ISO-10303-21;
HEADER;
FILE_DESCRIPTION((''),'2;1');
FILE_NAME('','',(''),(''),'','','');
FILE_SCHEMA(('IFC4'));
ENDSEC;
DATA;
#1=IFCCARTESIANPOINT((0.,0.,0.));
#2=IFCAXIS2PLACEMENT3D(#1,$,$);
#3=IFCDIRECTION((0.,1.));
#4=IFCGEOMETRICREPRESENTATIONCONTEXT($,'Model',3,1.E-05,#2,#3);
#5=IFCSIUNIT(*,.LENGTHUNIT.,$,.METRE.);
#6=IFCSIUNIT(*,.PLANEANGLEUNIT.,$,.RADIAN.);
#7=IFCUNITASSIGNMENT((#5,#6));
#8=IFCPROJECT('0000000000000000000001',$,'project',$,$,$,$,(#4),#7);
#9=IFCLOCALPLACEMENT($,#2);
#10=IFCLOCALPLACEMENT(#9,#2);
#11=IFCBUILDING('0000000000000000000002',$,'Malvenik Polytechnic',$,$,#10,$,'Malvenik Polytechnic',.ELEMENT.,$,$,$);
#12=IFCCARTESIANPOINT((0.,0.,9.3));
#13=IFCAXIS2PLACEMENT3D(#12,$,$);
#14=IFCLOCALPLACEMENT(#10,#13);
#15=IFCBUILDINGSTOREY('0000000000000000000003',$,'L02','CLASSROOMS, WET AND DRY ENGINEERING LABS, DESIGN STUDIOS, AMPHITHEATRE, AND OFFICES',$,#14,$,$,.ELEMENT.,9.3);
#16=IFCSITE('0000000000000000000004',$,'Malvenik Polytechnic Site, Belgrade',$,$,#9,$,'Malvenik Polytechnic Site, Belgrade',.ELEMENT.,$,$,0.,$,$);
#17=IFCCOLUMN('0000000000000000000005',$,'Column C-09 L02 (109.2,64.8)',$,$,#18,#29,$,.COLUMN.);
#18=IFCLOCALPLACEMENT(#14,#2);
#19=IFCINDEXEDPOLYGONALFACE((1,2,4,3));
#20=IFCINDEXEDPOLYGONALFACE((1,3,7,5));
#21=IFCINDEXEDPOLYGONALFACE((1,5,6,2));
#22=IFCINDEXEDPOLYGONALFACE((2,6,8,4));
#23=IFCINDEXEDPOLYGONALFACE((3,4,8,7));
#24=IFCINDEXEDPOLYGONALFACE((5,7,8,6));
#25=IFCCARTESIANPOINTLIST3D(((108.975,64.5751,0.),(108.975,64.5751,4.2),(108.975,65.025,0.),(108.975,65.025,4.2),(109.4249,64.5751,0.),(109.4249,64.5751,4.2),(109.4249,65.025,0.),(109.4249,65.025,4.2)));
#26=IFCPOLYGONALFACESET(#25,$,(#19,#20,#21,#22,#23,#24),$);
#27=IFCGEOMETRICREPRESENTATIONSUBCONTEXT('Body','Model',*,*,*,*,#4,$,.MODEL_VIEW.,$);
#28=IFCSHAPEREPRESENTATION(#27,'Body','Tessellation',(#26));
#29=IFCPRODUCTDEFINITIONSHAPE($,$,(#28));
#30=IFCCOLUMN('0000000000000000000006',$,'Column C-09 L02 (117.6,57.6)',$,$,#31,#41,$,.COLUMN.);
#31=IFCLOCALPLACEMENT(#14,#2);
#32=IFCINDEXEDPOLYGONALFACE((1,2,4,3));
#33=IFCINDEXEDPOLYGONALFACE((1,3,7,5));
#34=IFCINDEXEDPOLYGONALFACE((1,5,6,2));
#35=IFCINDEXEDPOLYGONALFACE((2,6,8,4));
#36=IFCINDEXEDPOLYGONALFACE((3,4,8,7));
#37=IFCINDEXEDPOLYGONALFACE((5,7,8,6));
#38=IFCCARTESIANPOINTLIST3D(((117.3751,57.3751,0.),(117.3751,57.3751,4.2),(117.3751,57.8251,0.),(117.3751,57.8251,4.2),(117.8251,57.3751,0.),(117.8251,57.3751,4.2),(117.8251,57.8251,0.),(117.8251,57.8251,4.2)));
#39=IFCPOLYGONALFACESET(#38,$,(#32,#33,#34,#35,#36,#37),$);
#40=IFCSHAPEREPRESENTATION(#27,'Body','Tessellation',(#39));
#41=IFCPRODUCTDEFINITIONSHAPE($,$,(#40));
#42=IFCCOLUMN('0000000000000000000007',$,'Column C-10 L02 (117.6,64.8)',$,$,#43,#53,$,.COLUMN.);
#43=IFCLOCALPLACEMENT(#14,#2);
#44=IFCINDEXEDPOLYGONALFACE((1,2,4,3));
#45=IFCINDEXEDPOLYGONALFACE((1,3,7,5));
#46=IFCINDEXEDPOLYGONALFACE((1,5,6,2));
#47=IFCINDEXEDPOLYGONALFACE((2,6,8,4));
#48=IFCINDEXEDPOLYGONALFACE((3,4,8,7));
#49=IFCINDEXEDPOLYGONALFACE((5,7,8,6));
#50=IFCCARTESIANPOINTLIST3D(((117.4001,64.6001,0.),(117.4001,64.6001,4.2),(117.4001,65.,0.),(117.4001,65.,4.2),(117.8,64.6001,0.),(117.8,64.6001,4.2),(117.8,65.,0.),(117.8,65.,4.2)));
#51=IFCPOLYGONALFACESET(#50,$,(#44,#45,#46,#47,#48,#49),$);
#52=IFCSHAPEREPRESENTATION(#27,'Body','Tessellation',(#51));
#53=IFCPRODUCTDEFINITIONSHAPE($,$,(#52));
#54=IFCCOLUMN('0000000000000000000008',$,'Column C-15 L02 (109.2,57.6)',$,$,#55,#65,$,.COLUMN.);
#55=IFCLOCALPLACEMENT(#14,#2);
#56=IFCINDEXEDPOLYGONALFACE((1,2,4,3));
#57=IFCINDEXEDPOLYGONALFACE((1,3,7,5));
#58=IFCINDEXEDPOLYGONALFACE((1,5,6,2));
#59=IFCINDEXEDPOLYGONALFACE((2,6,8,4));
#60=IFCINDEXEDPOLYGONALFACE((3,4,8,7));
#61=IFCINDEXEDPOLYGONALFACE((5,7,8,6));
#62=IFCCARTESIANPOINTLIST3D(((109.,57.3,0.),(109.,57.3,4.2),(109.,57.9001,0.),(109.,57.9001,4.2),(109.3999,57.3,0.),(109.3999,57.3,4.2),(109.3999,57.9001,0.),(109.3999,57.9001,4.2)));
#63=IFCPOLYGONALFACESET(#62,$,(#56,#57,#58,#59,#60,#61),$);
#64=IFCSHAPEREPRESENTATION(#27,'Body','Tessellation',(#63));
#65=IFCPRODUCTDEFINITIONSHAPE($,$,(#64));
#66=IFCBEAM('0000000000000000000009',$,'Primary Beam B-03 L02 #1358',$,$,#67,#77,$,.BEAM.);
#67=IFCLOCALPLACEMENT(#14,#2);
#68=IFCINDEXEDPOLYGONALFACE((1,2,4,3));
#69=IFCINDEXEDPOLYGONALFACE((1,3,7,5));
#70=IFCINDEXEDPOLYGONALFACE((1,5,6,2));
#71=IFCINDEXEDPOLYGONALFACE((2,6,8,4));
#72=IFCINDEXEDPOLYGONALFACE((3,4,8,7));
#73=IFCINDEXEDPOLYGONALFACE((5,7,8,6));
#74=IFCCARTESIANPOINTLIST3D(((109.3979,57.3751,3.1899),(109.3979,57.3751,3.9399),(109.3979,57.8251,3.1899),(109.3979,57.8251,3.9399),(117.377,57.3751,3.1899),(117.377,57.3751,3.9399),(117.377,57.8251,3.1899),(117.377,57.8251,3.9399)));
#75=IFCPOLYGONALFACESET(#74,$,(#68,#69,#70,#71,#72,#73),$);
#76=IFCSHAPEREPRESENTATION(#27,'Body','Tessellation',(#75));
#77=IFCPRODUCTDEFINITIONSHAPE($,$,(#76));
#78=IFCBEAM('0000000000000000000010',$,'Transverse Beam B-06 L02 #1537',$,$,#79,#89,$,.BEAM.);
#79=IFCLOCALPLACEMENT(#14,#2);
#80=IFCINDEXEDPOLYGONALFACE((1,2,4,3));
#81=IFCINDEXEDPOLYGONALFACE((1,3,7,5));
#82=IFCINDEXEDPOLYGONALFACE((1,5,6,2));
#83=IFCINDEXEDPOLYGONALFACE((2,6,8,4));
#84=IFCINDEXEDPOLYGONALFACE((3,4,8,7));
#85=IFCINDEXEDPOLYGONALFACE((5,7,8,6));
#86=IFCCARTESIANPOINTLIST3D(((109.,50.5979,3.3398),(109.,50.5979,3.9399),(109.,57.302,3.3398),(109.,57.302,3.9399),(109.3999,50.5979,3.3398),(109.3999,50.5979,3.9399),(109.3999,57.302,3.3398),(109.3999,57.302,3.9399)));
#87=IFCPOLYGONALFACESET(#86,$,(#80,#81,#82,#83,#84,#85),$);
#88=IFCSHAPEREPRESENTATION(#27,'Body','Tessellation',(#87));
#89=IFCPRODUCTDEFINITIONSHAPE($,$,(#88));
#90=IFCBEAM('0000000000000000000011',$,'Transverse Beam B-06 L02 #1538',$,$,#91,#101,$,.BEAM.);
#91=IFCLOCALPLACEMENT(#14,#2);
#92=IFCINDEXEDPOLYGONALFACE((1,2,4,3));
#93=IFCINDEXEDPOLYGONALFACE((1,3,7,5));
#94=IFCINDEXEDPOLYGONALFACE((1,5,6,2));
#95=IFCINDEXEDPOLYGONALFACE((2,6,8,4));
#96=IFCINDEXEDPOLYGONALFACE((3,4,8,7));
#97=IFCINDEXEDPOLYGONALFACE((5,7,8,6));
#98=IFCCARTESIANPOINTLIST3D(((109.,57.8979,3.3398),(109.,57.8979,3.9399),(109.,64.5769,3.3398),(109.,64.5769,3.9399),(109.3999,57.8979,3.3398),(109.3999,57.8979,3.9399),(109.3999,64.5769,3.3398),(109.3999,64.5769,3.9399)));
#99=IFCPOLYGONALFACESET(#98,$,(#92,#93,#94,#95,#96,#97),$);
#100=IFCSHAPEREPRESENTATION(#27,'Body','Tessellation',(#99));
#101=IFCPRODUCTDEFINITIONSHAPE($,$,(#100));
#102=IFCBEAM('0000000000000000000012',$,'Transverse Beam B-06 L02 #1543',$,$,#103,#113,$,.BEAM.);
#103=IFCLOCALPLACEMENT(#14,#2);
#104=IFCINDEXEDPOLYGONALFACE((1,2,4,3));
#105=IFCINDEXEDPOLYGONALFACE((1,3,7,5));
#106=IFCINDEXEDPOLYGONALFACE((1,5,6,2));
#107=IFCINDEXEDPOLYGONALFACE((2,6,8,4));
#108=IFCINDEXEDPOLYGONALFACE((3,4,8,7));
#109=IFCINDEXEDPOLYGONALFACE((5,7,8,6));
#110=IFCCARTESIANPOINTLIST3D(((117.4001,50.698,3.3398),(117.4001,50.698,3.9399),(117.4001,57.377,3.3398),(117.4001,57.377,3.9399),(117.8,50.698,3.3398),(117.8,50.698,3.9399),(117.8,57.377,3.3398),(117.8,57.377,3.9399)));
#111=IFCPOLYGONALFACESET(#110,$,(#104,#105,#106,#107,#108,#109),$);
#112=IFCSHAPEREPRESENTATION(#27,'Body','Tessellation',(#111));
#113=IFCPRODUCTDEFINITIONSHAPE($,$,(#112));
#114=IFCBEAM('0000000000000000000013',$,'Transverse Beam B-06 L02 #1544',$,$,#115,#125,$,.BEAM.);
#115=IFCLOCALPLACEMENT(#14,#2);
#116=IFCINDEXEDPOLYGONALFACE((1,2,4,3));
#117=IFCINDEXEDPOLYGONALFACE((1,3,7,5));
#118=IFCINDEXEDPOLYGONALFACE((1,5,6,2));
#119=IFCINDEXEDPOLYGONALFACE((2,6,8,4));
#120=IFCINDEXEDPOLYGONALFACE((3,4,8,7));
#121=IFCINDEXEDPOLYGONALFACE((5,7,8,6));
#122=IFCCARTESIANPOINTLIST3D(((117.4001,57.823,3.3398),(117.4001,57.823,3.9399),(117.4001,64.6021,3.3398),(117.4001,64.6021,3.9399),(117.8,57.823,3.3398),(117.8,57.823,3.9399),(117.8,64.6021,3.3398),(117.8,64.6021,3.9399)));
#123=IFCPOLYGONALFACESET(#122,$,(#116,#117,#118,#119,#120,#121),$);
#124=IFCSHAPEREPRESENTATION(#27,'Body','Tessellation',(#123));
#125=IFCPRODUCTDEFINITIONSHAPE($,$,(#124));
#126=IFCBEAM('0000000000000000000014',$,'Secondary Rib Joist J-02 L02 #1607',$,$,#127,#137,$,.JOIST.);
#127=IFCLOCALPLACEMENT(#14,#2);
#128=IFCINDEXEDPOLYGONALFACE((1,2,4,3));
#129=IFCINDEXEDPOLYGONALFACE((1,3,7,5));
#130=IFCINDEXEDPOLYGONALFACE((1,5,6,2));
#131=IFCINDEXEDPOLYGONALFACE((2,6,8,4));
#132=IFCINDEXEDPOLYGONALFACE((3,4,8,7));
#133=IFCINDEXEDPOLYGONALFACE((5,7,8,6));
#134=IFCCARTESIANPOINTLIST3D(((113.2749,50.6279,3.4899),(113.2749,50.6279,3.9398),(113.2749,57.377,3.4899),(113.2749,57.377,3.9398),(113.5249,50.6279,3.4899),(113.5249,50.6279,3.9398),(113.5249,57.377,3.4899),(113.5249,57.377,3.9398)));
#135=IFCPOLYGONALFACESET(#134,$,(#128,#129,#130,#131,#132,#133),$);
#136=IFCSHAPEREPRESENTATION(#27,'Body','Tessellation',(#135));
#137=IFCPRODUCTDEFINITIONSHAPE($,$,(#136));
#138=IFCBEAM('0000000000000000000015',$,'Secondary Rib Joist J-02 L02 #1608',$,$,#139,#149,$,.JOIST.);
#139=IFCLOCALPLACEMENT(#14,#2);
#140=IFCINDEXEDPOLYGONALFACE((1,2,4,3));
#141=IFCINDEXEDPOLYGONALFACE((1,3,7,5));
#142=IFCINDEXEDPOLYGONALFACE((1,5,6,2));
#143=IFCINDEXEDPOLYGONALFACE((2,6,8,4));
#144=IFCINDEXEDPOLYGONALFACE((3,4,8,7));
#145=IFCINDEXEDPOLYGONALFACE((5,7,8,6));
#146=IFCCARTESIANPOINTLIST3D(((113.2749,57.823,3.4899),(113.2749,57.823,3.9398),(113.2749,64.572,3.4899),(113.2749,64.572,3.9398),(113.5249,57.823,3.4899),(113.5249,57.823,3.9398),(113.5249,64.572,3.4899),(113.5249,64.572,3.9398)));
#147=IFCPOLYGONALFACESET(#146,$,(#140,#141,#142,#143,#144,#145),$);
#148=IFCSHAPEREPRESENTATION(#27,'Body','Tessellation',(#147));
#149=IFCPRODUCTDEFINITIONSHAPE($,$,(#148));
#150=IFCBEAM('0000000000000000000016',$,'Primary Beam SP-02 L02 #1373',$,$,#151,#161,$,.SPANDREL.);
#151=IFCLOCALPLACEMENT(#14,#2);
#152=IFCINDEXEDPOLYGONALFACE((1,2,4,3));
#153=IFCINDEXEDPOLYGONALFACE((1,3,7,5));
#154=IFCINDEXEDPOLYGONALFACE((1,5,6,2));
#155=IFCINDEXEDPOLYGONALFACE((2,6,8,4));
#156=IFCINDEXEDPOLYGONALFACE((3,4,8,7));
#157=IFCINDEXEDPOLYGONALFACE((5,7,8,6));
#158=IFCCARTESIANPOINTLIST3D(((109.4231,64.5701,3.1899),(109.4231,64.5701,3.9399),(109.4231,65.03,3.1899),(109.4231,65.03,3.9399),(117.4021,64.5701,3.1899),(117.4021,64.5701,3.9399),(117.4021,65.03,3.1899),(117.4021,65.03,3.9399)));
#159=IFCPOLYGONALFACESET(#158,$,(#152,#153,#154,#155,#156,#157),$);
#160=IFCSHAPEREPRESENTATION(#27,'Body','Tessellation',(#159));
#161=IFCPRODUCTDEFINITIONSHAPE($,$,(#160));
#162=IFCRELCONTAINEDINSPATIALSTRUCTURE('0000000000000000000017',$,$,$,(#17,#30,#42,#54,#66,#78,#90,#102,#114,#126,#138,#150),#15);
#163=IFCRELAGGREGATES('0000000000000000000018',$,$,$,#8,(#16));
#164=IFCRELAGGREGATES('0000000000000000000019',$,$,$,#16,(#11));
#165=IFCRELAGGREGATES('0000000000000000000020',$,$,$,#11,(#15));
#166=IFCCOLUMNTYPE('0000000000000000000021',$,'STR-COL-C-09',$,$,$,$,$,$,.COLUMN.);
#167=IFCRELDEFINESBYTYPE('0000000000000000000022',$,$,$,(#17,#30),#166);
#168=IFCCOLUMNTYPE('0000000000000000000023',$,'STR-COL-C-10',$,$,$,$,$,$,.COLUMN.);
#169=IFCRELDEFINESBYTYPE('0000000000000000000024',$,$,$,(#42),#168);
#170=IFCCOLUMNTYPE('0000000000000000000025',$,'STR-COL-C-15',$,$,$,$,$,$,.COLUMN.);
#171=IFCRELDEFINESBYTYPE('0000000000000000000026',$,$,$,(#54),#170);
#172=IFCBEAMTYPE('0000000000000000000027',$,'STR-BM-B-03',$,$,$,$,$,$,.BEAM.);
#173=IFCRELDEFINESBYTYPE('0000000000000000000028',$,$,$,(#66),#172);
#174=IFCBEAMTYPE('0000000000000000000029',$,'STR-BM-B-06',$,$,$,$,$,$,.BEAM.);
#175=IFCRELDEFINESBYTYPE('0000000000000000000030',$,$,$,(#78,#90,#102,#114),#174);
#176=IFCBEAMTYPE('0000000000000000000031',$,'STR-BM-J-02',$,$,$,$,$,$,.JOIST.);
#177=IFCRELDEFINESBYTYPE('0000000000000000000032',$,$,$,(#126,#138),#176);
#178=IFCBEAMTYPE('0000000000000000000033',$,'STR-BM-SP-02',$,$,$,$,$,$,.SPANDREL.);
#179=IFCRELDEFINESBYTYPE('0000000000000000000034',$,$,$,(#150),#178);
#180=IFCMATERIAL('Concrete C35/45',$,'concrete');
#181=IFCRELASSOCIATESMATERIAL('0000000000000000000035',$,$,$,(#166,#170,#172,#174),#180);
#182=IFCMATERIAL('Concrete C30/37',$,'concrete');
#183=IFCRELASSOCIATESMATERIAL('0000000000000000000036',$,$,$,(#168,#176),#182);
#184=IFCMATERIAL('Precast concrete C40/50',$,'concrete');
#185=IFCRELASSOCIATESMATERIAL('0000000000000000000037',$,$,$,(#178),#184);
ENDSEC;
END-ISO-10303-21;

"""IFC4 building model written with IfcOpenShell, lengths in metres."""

from ifc_helpers import new_model, si_unit, direction, frame, origin, origin_2d, place, context, subcontext, project, spatial, rectangle, extrude, material, material_profile, profile_set, type_object, element, save


model = new_model("IFC4")

# Units and contexts
model_context = context("Model", 3, precision=1e-05, world=origin(), true_north=direction((0.0, 1.0)))
body_context = subcontext(model_context, "Body", "Model", "MODEL_VIEW")
ifc_project = project(units=[si_unit("LENGTHUNIT", "METRE"), si_unit("PLANEANGLEUNIT", "RADIAN")], contexts=[model_context])

# Site, building, storey
site_placement = place(None, origin())
site = spatial("IfcSite", under=ifc_project, at=site_placement, Name="Malvenik Polytechnic Site, Belgrade", LongName="Malvenik Polytechnic Site, Belgrade", CompositionType="ELEMENT", RefElevation=0.0)
building_placement = place(site_placement, origin())
building = spatial("IfcBuilding", under=site, at=building_placement, Name="Malvenik Polytechnic", LongName="Malvenik Polytechnic", CompositionType="ELEMENT")
storey_placement = place(building_placement, frame((0.0, 0.0, 9.3)))
storey = spatial("IfcBuildingStorey", under=building, at=storey_placement, Name="L02", Description="CLASSROOMS, WET AND DRY ENGINEERING LABS, DESIGN STUDIOS, AMPHITHEATRE, AND OFFICES", CompositionType="ELEMENT", Elevation=9.3)

# Columns
ifc_material_1 = material(Name="Concrete C35/45", Category="concrete")
ifc_material_profile_1 = material_profile(ifc_material_1, rectangle(XDim=0.45, YDim=0.45, at=origin_2d()), Name="RC COL 450x450")
ifc_profile_set_1 = profile_set([ifc_material_profile_1], Name="Concrete C35/45")
column_type_1 = type_object("IfcColumnType", Name="STR-COL-C-09", PredefinedType="COLUMN", material=ifc_profile_set_1)
for number, where, z_axis, x_axis, name in (
    (1, (109.2, 64.8, 0.0), (0.0, 0.0, 1.0), (1.0, 0.0, 0.0), "Column C-09 L02 (109.2,64.8)"),
    (2, (117.6001, 57.6001, 0.0), (0.0, 0.0, 1.0), (1.0, 0.0, 0.0), "Column C-09 L02 (117.6,57.6)"),
):
    element("IfcColumn", number, at=place(storey_placement, frame(where, z_axis=z_axis, x_axis=x_axis)), inside=storey, type_object=column_type_1, Name=name, PredefinedType="COLUMN", context=body_context, shape_type="SweptSolid", body=[
        extrude(rectangle(XDim=0.45, YDim=0.45, at=origin_2d()), origin(), (0.0, 0.0, 1.0), 4.2),
    ])
ifc_material_2 = material(Name="Concrete C30/37", Category="concrete")
ifc_material_profile_2 = material_profile(ifc_material_2, rectangle(XDim=0.3999, YDim=0.3999, at=origin_2d()), Name="RC COL 400x400")
ifc_profile_set_2 = profile_set([ifc_material_profile_2], Name="Concrete C30/37")
column_type_2 = type_object("IfcColumnType", Name="STR-COL-C-10", PredefinedType="COLUMN", material=ifc_profile_set_2)
column_1_placement = place(storey_placement, frame((117.6001, 64.8, 0.0), z_axis=(0.0, 0.0, 1.0), x_axis=(1.0, 0.0, 0.0)))
element("IfcColumn", 3, at=column_1_placement, inside=storey, type_object=column_type_2, Name="Column C-10 L02 (117.6,64.8)", PredefinedType="COLUMN", context=body_context, shape_type="SweptSolid", body=[
    extrude(rectangle(XDim=0.3999, YDim=0.3999, at=origin_2d()), origin(), (0.0, 0.0, 1.0), 4.2),
])
ifc_material_profile_3 = material_profile(ifc_material_1, rectangle(XDim=0.3999, YDim=0.6001, at=origin_2d()), Name="RC COL 600x400")
ifc_profile_set_3 = profile_set([ifc_material_profile_3], Name="Concrete C35/45")
column_type_3 = type_object("IfcColumnType", Name="STR-COL-C-15", PredefinedType="COLUMN", material=ifc_profile_set_3)
column_2_placement = place(storey_placement, frame((109.2, 57.6001, 0.0), z_axis=(0.0, 0.0, 1.0), x_axis=(1.0, 0.0, 0.0)))
element("IfcColumn", 4, at=column_2_placement, inside=storey, type_object=column_type_3, Name="Column C-15 L02 (109.2,57.6)", PredefinedType="COLUMN", context=body_context, shape_type="SweptSolid", body=[
    extrude(rectangle(XDim=0.3999, YDim=0.6001, at=origin_2d()), origin(), (0.0, 0.0, 1.0), 4.2),
])

# Beams
ifc_material_profile_4 = material_profile(ifc_material_1, rectangle(XDim=0.45, YDim=0.75, at=origin_2d()), Name="RC BM 450x750")
ifc_profile_set_4 = profile_set([ifc_material_profile_4], Name="Concrete C35/45")
beam_type_1 = type_object("IfcBeamType", Name="STR-BM-B-03", PredefinedType="BEAM", material=ifc_profile_set_4)
beam_1_placement = place(storey_placement, frame((109.3979, 57.6001, 3.5649), z_axis=(1.0, 0.0, 0.0), x_axis=(0.0, 1.0, 0.0)))
element("IfcBeam", 5, at=beam_1_placement, inside=storey, type_object=beam_type_1, Name="Primary Beam B-03 L02 #1358", PredefinedType="BEAM", context=body_context, shape_type="SweptSolid", body=[
    extrude(rectangle(XDim=0.45, YDim=0.75, at=origin_2d()), origin(), (0.0, 0.0, 1.0), 7.979),
])
ifc_material_profile_5 = material_profile(ifc_material_1, rectangle(XDim=0.3999, YDim=0.6001, at=origin_2d()), Name="RC BM 400x600")
ifc_profile_set_5 = profile_set([ifc_material_profile_5], Name="Concrete C35/45")
beam_type_2 = type_object("IfcBeamType", Name="STR-BM-B-06", PredefinedType="BEAM", material=ifc_profile_set_5)
beam_2_placement = place(storey_placement, frame((109.2, 50.5979, 3.6399), z_axis=(0.0, 1.0, 0.0), x_axis=(-1.0, 0.0, 0.0)))
element("IfcBeam", 6, at=beam_2_placement, inside=storey, type_object=beam_type_2, Name="Transverse Beam B-06 L02 #1537", PredefinedType="BEAM", context=body_context, shape_type="SweptSolid", body=[
    extrude(rectangle(XDim=0.3999, YDim=0.6001, at=origin_2d()), origin(), (0.0, 0.0, 1.0), 6.7041),
])
for number, where, z_axis, x_axis, name in (
    (7, (109.2, 57.8979, 3.6399), (0.0, 1.0, 0.0), (-1.0, 0.0, 0.0), "Transverse Beam B-06 L02 #1538"),
    (8, (117.6001, 50.698, 3.6399), (0.0, 1.0, 0.0), (-1.0, 0.0, 0.0), "Transverse Beam B-06 L02 #1543"),
):
    element("IfcBeam", number, at=place(storey_placement, frame(where, z_axis=z_axis, x_axis=x_axis)), inside=storey, type_object=beam_type_2, Name=name, PredefinedType="BEAM", context=body_context, shape_type="SweptSolid", body=[
        extrude(rectangle(XDim=0.3999, YDim=0.6001, at=origin_2d()), origin(), (0.0, 0.0, 1.0), 6.679),
    ])
beam_3_placement = place(storey_placement, frame((117.6001, 57.823, 3.6399), z_axis=(0.0, 1.0, 0.0), x_axis=(-1.0, 0.0, 0.0)))
element("IfcBeam", 9, at=beam_3_placement, inside=storey, type_object=beam_type_2, Name="Transverse Beam B-06 L02 #1544", PredefinedType="BEAM", context=body_context, shape_type="SweptSolid", body=[
    extrude(rectangle(XDim=0.3999, YDim=0.6001, at=origin_2d()), origin(), (0.0, 0.0, 1.0), 6.7791),
])
ifc_material_profile_6 = material_profile(ifc_material_2, rectangle(XDim=0.25, YDim=0.45, at=origin_2d()), Name="RC JST 250x450")
ifc_profile_set_6 = profile_set([ifc_material_profile_6], Name="Concrete C30/37")
beam_type_3 = type_object("IfcBeamType", Name="STR-BM-J-02", PredefinedType="JOIST", material=ifc_profile_set_6)
for number, where, z_axis, x_axis, name in (
    (10, (113.3999, 50.6279, 3.7148), (0.0, 1.0, 0.0), (-1.0, 0.0, 0.0), "Secondary Rib Joist J-02 L02 #1607"),
    (11, (113.3999, 57.823, 3.7148), (0.0, 1.0, 0.0), (-1.0, 0.0, 0.0), "Secondary Rib Joist J-02 L02 #1608"),
):
    element("IfcBeam", number, at=place(storey_placement, frame(where, z_axis=z_axis, x_axis=x_axis)), inside=storey, type_object=beam_type_3, Name=name, PredefinedType="JOIST", context=body_context, shape_type="SweptSolid", body=[
        extrude(rectangle(XDim=0.25, YDim=0.45, at=origin_2d()), origin(), (0.0, 0.0, 1.0), 6.749),
    ])
ifc_material_3 = material(Name="Precast concrete C40/50", Category="concrete")
ifc_material_profile_7 = material_profile(ifc_material_3, rectangle(XDim=0.46, YDim=0.75, at=origin_2d()), Name="PC SPN 460x750")
ifc_profile_set_7 = profile_set([ifc_material_profile_7], Name="Precast concrete C40/50")
beam_type_4 = type_object("IfcBeamType", Name="STR-BM-SP-02", PredefinedType="SPANDREL", material=ifc_profile_set_7)
beam_4_placement = place(storey_placement, frame((109.4231, 64.8, 3.5649), z_axis=(1.0, 0.0, 0.0), x_axis=(0.0, 1.0, 0.0)))
element("IfcBeam", 12, at=beam_4_placement, inside=storey, type_object=beam_type_4, Name="Primary Beam SP-02 L02 #1373", PredefinedType="SPANDREL", context=body_context, shape_type="SweptSolid", body=[
    extrude(rectangle(XDim=0.46, YDim=0.75, at=origin_2d()), origin(), (0.0, 0.0, 1.0), 7.979),
])

save(model, "model.ifc")
